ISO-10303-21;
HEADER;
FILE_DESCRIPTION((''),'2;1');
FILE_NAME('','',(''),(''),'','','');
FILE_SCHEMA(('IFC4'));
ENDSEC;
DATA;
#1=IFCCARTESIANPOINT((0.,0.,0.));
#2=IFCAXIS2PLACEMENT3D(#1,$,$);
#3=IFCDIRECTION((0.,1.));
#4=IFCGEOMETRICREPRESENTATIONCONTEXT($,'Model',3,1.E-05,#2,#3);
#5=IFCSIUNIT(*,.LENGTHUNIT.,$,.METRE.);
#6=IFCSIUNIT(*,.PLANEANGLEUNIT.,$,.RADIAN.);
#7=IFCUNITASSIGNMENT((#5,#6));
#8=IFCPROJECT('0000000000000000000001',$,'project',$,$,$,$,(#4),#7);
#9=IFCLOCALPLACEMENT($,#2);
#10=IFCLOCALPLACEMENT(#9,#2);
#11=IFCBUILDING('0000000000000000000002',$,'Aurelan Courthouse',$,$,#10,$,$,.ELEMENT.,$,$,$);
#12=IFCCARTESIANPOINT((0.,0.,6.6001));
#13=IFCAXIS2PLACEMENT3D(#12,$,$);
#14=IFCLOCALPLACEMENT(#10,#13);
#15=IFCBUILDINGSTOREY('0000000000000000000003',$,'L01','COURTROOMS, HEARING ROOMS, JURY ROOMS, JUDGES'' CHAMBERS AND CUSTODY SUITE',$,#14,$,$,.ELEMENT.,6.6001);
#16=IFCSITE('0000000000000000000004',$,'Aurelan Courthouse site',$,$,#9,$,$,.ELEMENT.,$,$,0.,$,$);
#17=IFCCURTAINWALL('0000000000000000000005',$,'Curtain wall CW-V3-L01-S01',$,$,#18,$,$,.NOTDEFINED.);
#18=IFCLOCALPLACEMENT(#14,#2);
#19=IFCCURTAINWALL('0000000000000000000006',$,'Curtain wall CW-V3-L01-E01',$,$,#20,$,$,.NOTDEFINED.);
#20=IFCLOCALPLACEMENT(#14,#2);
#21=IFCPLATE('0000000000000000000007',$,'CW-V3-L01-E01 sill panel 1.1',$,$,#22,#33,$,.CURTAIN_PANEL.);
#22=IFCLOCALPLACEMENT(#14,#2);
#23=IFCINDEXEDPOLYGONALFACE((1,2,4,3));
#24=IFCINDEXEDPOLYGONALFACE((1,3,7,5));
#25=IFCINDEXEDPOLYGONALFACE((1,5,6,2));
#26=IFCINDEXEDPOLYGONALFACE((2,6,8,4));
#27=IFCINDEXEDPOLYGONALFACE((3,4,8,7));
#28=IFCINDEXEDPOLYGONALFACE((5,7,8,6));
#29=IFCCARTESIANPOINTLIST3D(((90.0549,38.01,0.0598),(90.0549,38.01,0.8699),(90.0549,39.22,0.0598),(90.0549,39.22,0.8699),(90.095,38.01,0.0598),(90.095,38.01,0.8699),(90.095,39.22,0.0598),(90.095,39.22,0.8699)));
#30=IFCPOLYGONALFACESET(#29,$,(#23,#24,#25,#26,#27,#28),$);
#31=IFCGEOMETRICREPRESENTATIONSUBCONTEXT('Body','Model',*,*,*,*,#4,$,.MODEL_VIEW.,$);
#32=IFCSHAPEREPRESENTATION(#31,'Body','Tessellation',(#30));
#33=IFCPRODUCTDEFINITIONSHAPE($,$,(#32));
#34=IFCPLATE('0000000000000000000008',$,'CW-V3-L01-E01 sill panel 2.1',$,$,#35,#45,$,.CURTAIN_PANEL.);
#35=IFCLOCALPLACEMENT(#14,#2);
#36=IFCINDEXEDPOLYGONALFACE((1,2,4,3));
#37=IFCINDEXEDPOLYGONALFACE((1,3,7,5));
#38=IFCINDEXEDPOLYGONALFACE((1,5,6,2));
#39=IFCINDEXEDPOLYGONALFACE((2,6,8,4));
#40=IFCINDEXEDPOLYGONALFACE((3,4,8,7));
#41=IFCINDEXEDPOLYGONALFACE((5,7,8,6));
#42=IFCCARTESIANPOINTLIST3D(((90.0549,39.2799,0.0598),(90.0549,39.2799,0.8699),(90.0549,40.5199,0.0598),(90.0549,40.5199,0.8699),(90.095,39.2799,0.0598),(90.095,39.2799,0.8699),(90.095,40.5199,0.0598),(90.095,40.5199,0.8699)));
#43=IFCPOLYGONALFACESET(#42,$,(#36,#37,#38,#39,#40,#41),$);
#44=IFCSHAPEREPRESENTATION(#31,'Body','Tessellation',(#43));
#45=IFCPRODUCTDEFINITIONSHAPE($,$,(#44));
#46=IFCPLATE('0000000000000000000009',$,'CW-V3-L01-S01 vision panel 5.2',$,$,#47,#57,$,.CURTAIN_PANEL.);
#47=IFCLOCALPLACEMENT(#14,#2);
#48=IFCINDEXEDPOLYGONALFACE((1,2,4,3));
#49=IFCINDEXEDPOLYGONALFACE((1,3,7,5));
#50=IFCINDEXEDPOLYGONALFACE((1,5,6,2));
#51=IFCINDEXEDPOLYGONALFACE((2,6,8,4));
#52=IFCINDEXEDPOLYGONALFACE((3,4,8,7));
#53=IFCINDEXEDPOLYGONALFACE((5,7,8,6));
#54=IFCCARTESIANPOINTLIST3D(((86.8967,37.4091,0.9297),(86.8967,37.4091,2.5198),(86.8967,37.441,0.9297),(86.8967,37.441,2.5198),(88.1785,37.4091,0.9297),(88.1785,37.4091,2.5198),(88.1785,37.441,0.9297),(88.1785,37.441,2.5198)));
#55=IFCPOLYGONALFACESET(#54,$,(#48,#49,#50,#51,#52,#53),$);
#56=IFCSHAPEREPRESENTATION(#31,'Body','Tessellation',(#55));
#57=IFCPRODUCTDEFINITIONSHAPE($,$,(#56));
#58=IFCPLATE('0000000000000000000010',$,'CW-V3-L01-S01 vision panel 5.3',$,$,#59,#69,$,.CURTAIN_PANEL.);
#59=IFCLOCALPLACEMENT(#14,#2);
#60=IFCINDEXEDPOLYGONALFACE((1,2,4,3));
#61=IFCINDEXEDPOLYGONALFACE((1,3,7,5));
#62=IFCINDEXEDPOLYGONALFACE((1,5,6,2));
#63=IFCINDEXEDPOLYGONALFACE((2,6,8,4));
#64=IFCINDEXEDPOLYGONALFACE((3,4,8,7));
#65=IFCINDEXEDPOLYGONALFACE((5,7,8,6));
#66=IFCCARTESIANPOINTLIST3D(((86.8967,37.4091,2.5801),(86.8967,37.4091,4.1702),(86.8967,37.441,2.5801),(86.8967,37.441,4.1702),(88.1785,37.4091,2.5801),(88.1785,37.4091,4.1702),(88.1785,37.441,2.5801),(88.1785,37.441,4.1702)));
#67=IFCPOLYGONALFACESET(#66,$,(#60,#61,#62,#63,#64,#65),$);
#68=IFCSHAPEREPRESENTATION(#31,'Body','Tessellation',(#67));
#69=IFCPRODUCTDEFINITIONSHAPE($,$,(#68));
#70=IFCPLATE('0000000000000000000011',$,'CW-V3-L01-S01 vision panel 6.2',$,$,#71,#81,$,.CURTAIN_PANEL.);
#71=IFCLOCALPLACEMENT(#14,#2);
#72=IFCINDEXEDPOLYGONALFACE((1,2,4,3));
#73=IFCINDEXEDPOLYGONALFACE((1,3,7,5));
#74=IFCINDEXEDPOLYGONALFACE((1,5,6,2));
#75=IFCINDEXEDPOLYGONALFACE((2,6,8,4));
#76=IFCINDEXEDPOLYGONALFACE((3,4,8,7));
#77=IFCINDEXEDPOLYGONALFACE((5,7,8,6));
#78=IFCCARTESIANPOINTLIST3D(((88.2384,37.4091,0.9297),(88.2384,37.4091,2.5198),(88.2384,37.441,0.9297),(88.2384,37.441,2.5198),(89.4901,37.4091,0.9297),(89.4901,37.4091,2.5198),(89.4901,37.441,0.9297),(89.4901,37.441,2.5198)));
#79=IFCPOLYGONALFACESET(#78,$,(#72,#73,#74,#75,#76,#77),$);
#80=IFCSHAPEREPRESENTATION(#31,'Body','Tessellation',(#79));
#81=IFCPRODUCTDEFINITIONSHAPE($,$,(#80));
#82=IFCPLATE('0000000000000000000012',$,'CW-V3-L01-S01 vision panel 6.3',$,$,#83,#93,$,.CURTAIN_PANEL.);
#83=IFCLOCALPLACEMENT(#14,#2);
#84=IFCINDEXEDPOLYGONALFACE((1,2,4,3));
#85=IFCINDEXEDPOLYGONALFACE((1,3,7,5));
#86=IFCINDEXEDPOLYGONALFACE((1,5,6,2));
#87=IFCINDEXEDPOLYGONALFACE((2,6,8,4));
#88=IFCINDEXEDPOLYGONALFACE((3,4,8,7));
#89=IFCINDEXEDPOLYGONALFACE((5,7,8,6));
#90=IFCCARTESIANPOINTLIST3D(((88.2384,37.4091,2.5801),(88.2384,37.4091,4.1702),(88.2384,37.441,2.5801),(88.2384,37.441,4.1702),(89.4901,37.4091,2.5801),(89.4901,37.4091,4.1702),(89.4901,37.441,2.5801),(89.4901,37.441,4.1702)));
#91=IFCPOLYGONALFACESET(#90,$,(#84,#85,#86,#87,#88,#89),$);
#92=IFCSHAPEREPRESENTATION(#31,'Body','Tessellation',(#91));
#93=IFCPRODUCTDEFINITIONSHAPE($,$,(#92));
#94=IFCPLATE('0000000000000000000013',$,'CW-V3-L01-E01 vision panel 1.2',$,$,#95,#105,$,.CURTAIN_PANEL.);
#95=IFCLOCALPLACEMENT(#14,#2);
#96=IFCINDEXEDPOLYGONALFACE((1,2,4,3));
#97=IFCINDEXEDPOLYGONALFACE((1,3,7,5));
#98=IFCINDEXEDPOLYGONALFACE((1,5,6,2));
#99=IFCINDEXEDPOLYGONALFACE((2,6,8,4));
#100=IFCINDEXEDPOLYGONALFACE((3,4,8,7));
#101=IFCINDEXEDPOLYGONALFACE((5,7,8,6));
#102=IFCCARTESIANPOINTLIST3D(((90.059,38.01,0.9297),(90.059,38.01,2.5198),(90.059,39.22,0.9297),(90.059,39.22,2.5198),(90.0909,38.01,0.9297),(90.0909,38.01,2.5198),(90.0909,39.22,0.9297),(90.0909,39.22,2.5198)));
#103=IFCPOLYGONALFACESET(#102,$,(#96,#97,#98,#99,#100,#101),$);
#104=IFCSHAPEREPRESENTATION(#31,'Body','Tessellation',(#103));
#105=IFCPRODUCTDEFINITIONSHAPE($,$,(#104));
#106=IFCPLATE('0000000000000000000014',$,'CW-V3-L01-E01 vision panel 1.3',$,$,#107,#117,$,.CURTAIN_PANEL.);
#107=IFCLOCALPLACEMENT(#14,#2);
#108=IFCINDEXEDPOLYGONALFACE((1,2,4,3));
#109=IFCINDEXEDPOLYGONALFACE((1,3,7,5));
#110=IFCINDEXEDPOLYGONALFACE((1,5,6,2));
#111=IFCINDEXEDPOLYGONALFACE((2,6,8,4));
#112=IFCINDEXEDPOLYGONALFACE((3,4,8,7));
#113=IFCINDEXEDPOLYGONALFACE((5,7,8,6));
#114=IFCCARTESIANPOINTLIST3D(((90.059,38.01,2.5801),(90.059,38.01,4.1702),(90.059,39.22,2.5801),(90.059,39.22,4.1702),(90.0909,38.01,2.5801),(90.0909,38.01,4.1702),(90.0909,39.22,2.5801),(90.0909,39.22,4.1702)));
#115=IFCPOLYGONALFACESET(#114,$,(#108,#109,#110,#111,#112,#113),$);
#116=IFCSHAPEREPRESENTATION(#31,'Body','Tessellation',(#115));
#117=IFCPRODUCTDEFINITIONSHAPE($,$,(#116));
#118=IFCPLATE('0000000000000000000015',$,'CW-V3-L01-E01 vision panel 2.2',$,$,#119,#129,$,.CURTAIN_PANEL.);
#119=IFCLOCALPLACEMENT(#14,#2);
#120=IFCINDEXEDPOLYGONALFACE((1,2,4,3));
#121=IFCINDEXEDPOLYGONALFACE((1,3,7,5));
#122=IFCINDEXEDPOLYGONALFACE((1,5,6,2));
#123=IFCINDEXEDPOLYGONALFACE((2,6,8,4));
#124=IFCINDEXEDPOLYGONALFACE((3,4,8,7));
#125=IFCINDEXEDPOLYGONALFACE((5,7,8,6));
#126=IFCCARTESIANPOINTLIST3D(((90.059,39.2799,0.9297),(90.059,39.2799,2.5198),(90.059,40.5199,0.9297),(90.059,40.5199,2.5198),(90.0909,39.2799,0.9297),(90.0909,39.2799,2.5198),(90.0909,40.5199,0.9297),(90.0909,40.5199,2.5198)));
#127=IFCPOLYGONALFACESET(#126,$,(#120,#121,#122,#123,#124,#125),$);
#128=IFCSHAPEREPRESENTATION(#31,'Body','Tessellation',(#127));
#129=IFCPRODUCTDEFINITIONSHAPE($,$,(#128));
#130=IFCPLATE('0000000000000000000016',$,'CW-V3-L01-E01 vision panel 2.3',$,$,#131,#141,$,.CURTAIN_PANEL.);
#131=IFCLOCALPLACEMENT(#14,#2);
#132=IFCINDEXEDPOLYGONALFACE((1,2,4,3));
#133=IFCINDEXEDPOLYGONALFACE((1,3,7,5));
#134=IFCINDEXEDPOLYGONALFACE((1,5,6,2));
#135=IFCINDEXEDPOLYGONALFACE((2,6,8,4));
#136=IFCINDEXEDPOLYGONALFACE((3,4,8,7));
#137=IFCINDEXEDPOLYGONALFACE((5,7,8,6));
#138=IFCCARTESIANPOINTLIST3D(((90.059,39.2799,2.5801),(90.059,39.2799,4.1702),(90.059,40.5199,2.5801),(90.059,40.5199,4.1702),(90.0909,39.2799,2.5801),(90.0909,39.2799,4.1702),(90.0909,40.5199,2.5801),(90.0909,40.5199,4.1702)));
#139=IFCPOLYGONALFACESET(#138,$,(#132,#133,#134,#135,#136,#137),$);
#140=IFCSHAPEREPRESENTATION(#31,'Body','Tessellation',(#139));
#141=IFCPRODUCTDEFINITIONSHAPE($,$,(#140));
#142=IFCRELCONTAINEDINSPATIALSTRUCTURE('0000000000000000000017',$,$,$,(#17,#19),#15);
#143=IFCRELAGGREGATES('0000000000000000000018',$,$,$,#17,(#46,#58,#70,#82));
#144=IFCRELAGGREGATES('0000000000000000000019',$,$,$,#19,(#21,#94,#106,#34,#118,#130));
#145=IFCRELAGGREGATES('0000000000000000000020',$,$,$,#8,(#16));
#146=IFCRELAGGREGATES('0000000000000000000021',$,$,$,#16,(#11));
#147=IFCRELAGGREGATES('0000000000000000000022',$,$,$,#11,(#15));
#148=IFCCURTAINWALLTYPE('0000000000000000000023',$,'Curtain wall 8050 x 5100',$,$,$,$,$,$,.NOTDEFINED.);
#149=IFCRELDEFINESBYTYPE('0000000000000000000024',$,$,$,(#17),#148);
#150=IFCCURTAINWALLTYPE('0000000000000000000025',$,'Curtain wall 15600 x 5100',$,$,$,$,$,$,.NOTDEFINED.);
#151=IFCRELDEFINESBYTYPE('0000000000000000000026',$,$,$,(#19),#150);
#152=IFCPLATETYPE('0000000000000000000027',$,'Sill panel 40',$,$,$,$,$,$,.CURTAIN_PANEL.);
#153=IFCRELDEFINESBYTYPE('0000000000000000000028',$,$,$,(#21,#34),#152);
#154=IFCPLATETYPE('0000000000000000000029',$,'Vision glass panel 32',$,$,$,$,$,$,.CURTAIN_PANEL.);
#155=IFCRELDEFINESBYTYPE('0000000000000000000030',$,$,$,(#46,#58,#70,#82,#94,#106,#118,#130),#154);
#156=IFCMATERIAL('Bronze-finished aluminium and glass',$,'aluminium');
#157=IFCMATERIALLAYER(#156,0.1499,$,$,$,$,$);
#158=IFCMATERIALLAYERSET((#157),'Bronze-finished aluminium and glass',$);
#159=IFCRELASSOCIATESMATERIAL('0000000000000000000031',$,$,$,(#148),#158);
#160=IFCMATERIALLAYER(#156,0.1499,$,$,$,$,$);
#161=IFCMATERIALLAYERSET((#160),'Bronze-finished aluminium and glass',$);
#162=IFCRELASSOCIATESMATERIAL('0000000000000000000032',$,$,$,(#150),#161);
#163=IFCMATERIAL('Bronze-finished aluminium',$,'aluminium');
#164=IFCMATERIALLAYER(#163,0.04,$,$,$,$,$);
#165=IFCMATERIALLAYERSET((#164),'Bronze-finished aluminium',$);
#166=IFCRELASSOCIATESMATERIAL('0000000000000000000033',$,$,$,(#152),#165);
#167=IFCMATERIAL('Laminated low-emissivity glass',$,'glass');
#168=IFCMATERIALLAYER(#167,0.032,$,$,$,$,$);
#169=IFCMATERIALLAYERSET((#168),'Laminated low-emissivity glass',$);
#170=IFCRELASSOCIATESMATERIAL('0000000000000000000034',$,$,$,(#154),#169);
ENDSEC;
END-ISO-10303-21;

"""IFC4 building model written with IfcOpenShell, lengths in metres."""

from ifc_helpers import new_model, si_unit, direction, frame, origin, origin_2d, place, context, subcontext, project, spatial, rectangle, extrude, material, layer, layer_set, type_object, element, aggregate, save


model = new_model("IFC4")

# Units and contexts
model_context = context("Model", 3, precision=1e-05, world=origin(), true_north=direction((0.0, 1.0)))
body_context = subcontext(model_context, "Body", "Model", "MODEL_VIEW")
ifc_project = project(units=[si_unit("LENGTHUNIT", "METRE"), si_unit("PLANEANGLEUNIT", "RADIAN")], contexts=[model_context])

# Site, building, storey
site_placement = place(None, origin())
site = spatial("IfcSite", under=ifc_project, at=site_placement, Name="Aurelan Courthouse site", CompositionType="ELEMENT", RefElevation=0.0)
building_placement = place(site_placement, origin())
building = spatial("IfcBuilding", under=site, at=building_placement, Name="Aurelan Courthouse", CompositionType="ELEMENT")
storey_placement = place(building_placement, frame((0.0, 0.0, 6.6001)))
storey = spatial("IfcBuildingStorey", under=building, at=storey_placement, Name="L01", Description="COURTROOMS, HEARING ROOMS, JURY ROOMS, JUDGES' CHAMBERS AND CUSTODY SUITE", CompositionType="ELEMENT", Elevation=6.6001)

# Curtain walls
ifc_material_1 = material(Name="Bronze-finished aluminium and glass", Category="aluminium")
ifc_layer_1 = layer(ifc_material_1, 0.1499)
ifc_layer_set_1 = layer_set([ifc_layer_1], Name="Bronze-finished aluminium and glass")
curtain_wall_type_1 = type_object("IfcCurtainWallType", Name="Curtain wall 8050 x 5100", PredefinedType="NOTDEFINED", material=ifc_layer_set_1)
curtain_wall_1_placement = place(storey_placement, origin())
curtain_wall_1 = element("IfcCurtainWall", 1, at=curtain_wall_1_placement, inside=storey, type_object=curtain_wall_type_1, Name="Curtain wall CW-V3-L01-S01", PredefinedType="NOTDEFINED")
ifc_material_2 = material(Name="Bronze-finished aluminium", Category="aluminium")
ifc_layer_2 = layer(ifc_material_1, 0.1499)
ifc_layer_set_2 = layer_set([ifc_layer_2], Name="Bronze-finished aluminium and glass")
curtain_wall_type_2 = type_object("IfcCurtainWallType", Name="Curtain wall 15600 x 5100", PredefinedType="NOTDEFINED", material=ifc_layer_set_2)
curtain_wall_2_placement = place(storey_placement, origin())
curtain_wall_2 = element("IfcCurtainWall", 2, at=curtain_wall_2_placement, inside=storey, type_object=curtain_wall_type_2, Name="Curtain wall CW-V3-L01-E01", PredefinedType="NOTDEFINED")

# Plates
ifc_layer_3 = layer(ifc_material_2, 0.04)
ifc_layer_set_3 = layer_set([ifc_layer_3], Name="Bronze-finished aluminium")
plate_type_1 = type_object("IfcPlateType", Name="Sill panel 40", PredefinedType="CURTAIN_PANEL", material=ifc_layer_set_3)
plate_1_placement = place(storey_placement, frame((90.075, 38.615, 0.0598), z_axis=(0.0, 0.0, 1.0), x_axis=(0.0, 1.0, 0.0)))
plate_1 = element("IfcPlate", 3, at=plate_1_placement, type_object=plate_type_1, Name="CW-V3-L01-E01 sill panel 1.1", PredefinedType="CURTAIN_PANEL", context=body_context, shape_type="SweptSolid", body=[
    extrude(rectangle(XDim=1.21, YDim=0.04, at=origin_2d()), origin(), (0.0, 0.0, 1.0), 0.8101),
])
plate_2_placement = place(storey_placement, frame((90.075, 39.8999, 0.0598), z_axis=(0.0, 0.0, 1.0), x_axis=(0.0, 1.0, 0.0)))
plate_2 = element("IfcPlate", 4, at=plate_2_placement, type_object=plate_type_1, Name="CW-V3-L01-E01 sill panel 2.1", PredefinedType="CURTAIN_PANEL", context=body_context, shape_type="SweptSolid", body=[
    extrude(rectangle(XDim=1.24, YDim=0.04, at=origin_2d()), origin(), (0.0, 0.0, 1.0), 0.8101),
])
ifc_material_3 = material(Name="Laminated low-emissivity glass", Category="glass")
ifc_layer_4 = layer(ifc_material_3, 0.032)
ifc_layer_set_4 = layer_set([ifc_layer_4], Name="Laminated low-emissivity glass")
plate_type_2 = type_object("IfcPlateType", Name="Vision glass panel 32", PredefinedType="CURTAIN_PANEL", material=ifc_layer_set_4)
plate_3_placement = place(storey_placement, frame((87.5376, 37.425, 0.9297), z_axis=(0.0, 0.0, 1.0), x_axis=(1.0, 0.0, 0.0)))
plate_3 = element("IfcPlate", 5, at=plate_3_placement, type_object=plate_type_2, Name="CW-V3-L01-S01 vision panel 5.2", PredefinedType="CURTAIN_PANEL", context=body_context, shape_type="SweptSolid", body=[
    extrude(rectangle(XDim=1.2817, YDim=0.032, at=origin_2d()), origin(), (0.0, 0.0, 1.0), 1.5901),
])
plate_4_placement = place(storey_placement, frame((87.5376, 37.425, 2.5801), z_axis=(0.0, 0.0, 1.0), x_axis=(1.0, 0.0, 0.0)))
plate_4 = element("IfcPlate", 6, at=plate_4_placement, type_object=plate_type_2, Name="CW-V3-L01-S01 vision panel 5.3", PredefinedType="CURTAIN_PANEL", context=body_context, shape_type="SweptSolid", body=[
    extrude(rectangle(XDim=1.2817, YDim=0.032, at=origin_2d()), origin(), (0.0, 0.0, 1.0), 1.5901),
])
plate_5_placement = place(storey_placement, frame((88.8643, 37.425, 0.9297), z_axis=(0.0, 0.0, 1.0), x_axis=(1.0, 0.0, 0.0)))
plate_5 = element("IfcPlate", 7, at=plate_5_placement, type_object=plate_type_2, Name="CW-V3-L01-S01 vision panel 6.2", PredefinedType="CURTAIN_PANEL", context=body_context, shape_type="SweptSolid", body=[
    extrude(rectangle(XDim=1.2517, YDim=0.032, at=origin_2d()), origin(), (0.0, 0.0, 1.0), 1.5901),
])
plate_6_placement = place(storey_placement, frame((88.8643, 37.425, 2.5801), z_axis=(0.0, 0.0, 1.0), x_axis=(1.0, 0.0, 0.0)))
plate_6 = element("IfcPlate", 8, at=plate_6_placement, type_object=plate_type_2, Name="CW-V3-L01-S01 vision panel 6.3", PredefinedType="CURTAIN_PANEL", context=body_context, shape_type="SweptSolid", body=[
    extrude(rectangle(XDim=1.2517, YDim=0.032, at=origin_2d()), origin(), (0.0, 0.0, 1.0), 1.5901),
])
aggregate(curtain_wall_1, [plate_3, plate_4, plate_5, plate_6])
plate_7_placement = place(storey_placement, frame((90.075, 38.615, 0.9297), z_axis=(0.0, 0.0, 1.0), x_axis=(0.0, 1.0, 0.0)))
plate_7 = element("IfcPlate", 9, at=plate_7_placement, type_object=plate_type_2, Name="CW-V3-L01-E01 vision panel 1.2", PredefinedType="CURTAIN_PANEL", context=body_context, shape_type="SweptSolid", body=[
    extrude(rectangle(XDim=1.21, YDim=0.032, at=origin_2d()), origin(), (0.0, 0.0, 1.0), 1.5901),
])
plate_8_placement = place(storey_placement, frame((90.075, 38.615, 2.5801), z_axis=(0.0, 0.0, 1.0), x_axis=(0.0, 1.0, 0.0)))
plate_8 = element("IfcPlate", 10, at=plate_8_placement, type_object=plate_type_2, Name="CW-V3-L01-E01 vision panel 1.3", PredefinedType="CURTAIN_PANEL", context=body_context, shape_type="SweptSolid", body=[
    extrude(rectangle(XDim=1.21, YDim=0.032, at=origin_2d()), origin(), (0.0, 0.0, 1.0), 1.5901),
])
plate_9_placement = place(storey_placement, frame((90.075, 39.8999, 0.9297), z_axis=(0.0, 0.0, 1.0), x_axis=(0.0, 1.0, 0.0)))
plate_9 = element("IfcPlate", 11, at=plate_9_placement, type_object=plate_type_2, Name="CW-V3-L01-E01 vision panel 2.2", PredefinedType="CURTAIN_PANEL", context=body_context, shape_type="SweptSolid", body=[
    extrude(rectangle(XDim=1.24, YDim=0.032, at=origin_2d()), origin(), (0.0, 0.0, 1.0), 1.5901),
])
plate_10_placement = place(storey_placement, frame((90.075, 39.8999, 2.5801), z_axis=(0.0, 0.0, 1.0), x_axis=(0.0, 1.0, 0.0)))
plate_10 = element("IfcPlate", 12, at=plate_10_placement, type_object=plate_type_2, Name="CW-V3-L01-E01 vision panel 2.3", PredefinedType="CURTAIN_PANEL", context=body_context, shape_type="SweptSolid", body=[
    extrude(rectangle(XDim=1.24, YDim=0.032, at=origin_2d()), origin(), (0.0, 0.0, 1.0), 1.5901),
])
aggregate(curtain_wall_2, [plate_1, plate_7, plate_8, plate_2, plate_9, plate_10])

save(model, "model.ifc")
